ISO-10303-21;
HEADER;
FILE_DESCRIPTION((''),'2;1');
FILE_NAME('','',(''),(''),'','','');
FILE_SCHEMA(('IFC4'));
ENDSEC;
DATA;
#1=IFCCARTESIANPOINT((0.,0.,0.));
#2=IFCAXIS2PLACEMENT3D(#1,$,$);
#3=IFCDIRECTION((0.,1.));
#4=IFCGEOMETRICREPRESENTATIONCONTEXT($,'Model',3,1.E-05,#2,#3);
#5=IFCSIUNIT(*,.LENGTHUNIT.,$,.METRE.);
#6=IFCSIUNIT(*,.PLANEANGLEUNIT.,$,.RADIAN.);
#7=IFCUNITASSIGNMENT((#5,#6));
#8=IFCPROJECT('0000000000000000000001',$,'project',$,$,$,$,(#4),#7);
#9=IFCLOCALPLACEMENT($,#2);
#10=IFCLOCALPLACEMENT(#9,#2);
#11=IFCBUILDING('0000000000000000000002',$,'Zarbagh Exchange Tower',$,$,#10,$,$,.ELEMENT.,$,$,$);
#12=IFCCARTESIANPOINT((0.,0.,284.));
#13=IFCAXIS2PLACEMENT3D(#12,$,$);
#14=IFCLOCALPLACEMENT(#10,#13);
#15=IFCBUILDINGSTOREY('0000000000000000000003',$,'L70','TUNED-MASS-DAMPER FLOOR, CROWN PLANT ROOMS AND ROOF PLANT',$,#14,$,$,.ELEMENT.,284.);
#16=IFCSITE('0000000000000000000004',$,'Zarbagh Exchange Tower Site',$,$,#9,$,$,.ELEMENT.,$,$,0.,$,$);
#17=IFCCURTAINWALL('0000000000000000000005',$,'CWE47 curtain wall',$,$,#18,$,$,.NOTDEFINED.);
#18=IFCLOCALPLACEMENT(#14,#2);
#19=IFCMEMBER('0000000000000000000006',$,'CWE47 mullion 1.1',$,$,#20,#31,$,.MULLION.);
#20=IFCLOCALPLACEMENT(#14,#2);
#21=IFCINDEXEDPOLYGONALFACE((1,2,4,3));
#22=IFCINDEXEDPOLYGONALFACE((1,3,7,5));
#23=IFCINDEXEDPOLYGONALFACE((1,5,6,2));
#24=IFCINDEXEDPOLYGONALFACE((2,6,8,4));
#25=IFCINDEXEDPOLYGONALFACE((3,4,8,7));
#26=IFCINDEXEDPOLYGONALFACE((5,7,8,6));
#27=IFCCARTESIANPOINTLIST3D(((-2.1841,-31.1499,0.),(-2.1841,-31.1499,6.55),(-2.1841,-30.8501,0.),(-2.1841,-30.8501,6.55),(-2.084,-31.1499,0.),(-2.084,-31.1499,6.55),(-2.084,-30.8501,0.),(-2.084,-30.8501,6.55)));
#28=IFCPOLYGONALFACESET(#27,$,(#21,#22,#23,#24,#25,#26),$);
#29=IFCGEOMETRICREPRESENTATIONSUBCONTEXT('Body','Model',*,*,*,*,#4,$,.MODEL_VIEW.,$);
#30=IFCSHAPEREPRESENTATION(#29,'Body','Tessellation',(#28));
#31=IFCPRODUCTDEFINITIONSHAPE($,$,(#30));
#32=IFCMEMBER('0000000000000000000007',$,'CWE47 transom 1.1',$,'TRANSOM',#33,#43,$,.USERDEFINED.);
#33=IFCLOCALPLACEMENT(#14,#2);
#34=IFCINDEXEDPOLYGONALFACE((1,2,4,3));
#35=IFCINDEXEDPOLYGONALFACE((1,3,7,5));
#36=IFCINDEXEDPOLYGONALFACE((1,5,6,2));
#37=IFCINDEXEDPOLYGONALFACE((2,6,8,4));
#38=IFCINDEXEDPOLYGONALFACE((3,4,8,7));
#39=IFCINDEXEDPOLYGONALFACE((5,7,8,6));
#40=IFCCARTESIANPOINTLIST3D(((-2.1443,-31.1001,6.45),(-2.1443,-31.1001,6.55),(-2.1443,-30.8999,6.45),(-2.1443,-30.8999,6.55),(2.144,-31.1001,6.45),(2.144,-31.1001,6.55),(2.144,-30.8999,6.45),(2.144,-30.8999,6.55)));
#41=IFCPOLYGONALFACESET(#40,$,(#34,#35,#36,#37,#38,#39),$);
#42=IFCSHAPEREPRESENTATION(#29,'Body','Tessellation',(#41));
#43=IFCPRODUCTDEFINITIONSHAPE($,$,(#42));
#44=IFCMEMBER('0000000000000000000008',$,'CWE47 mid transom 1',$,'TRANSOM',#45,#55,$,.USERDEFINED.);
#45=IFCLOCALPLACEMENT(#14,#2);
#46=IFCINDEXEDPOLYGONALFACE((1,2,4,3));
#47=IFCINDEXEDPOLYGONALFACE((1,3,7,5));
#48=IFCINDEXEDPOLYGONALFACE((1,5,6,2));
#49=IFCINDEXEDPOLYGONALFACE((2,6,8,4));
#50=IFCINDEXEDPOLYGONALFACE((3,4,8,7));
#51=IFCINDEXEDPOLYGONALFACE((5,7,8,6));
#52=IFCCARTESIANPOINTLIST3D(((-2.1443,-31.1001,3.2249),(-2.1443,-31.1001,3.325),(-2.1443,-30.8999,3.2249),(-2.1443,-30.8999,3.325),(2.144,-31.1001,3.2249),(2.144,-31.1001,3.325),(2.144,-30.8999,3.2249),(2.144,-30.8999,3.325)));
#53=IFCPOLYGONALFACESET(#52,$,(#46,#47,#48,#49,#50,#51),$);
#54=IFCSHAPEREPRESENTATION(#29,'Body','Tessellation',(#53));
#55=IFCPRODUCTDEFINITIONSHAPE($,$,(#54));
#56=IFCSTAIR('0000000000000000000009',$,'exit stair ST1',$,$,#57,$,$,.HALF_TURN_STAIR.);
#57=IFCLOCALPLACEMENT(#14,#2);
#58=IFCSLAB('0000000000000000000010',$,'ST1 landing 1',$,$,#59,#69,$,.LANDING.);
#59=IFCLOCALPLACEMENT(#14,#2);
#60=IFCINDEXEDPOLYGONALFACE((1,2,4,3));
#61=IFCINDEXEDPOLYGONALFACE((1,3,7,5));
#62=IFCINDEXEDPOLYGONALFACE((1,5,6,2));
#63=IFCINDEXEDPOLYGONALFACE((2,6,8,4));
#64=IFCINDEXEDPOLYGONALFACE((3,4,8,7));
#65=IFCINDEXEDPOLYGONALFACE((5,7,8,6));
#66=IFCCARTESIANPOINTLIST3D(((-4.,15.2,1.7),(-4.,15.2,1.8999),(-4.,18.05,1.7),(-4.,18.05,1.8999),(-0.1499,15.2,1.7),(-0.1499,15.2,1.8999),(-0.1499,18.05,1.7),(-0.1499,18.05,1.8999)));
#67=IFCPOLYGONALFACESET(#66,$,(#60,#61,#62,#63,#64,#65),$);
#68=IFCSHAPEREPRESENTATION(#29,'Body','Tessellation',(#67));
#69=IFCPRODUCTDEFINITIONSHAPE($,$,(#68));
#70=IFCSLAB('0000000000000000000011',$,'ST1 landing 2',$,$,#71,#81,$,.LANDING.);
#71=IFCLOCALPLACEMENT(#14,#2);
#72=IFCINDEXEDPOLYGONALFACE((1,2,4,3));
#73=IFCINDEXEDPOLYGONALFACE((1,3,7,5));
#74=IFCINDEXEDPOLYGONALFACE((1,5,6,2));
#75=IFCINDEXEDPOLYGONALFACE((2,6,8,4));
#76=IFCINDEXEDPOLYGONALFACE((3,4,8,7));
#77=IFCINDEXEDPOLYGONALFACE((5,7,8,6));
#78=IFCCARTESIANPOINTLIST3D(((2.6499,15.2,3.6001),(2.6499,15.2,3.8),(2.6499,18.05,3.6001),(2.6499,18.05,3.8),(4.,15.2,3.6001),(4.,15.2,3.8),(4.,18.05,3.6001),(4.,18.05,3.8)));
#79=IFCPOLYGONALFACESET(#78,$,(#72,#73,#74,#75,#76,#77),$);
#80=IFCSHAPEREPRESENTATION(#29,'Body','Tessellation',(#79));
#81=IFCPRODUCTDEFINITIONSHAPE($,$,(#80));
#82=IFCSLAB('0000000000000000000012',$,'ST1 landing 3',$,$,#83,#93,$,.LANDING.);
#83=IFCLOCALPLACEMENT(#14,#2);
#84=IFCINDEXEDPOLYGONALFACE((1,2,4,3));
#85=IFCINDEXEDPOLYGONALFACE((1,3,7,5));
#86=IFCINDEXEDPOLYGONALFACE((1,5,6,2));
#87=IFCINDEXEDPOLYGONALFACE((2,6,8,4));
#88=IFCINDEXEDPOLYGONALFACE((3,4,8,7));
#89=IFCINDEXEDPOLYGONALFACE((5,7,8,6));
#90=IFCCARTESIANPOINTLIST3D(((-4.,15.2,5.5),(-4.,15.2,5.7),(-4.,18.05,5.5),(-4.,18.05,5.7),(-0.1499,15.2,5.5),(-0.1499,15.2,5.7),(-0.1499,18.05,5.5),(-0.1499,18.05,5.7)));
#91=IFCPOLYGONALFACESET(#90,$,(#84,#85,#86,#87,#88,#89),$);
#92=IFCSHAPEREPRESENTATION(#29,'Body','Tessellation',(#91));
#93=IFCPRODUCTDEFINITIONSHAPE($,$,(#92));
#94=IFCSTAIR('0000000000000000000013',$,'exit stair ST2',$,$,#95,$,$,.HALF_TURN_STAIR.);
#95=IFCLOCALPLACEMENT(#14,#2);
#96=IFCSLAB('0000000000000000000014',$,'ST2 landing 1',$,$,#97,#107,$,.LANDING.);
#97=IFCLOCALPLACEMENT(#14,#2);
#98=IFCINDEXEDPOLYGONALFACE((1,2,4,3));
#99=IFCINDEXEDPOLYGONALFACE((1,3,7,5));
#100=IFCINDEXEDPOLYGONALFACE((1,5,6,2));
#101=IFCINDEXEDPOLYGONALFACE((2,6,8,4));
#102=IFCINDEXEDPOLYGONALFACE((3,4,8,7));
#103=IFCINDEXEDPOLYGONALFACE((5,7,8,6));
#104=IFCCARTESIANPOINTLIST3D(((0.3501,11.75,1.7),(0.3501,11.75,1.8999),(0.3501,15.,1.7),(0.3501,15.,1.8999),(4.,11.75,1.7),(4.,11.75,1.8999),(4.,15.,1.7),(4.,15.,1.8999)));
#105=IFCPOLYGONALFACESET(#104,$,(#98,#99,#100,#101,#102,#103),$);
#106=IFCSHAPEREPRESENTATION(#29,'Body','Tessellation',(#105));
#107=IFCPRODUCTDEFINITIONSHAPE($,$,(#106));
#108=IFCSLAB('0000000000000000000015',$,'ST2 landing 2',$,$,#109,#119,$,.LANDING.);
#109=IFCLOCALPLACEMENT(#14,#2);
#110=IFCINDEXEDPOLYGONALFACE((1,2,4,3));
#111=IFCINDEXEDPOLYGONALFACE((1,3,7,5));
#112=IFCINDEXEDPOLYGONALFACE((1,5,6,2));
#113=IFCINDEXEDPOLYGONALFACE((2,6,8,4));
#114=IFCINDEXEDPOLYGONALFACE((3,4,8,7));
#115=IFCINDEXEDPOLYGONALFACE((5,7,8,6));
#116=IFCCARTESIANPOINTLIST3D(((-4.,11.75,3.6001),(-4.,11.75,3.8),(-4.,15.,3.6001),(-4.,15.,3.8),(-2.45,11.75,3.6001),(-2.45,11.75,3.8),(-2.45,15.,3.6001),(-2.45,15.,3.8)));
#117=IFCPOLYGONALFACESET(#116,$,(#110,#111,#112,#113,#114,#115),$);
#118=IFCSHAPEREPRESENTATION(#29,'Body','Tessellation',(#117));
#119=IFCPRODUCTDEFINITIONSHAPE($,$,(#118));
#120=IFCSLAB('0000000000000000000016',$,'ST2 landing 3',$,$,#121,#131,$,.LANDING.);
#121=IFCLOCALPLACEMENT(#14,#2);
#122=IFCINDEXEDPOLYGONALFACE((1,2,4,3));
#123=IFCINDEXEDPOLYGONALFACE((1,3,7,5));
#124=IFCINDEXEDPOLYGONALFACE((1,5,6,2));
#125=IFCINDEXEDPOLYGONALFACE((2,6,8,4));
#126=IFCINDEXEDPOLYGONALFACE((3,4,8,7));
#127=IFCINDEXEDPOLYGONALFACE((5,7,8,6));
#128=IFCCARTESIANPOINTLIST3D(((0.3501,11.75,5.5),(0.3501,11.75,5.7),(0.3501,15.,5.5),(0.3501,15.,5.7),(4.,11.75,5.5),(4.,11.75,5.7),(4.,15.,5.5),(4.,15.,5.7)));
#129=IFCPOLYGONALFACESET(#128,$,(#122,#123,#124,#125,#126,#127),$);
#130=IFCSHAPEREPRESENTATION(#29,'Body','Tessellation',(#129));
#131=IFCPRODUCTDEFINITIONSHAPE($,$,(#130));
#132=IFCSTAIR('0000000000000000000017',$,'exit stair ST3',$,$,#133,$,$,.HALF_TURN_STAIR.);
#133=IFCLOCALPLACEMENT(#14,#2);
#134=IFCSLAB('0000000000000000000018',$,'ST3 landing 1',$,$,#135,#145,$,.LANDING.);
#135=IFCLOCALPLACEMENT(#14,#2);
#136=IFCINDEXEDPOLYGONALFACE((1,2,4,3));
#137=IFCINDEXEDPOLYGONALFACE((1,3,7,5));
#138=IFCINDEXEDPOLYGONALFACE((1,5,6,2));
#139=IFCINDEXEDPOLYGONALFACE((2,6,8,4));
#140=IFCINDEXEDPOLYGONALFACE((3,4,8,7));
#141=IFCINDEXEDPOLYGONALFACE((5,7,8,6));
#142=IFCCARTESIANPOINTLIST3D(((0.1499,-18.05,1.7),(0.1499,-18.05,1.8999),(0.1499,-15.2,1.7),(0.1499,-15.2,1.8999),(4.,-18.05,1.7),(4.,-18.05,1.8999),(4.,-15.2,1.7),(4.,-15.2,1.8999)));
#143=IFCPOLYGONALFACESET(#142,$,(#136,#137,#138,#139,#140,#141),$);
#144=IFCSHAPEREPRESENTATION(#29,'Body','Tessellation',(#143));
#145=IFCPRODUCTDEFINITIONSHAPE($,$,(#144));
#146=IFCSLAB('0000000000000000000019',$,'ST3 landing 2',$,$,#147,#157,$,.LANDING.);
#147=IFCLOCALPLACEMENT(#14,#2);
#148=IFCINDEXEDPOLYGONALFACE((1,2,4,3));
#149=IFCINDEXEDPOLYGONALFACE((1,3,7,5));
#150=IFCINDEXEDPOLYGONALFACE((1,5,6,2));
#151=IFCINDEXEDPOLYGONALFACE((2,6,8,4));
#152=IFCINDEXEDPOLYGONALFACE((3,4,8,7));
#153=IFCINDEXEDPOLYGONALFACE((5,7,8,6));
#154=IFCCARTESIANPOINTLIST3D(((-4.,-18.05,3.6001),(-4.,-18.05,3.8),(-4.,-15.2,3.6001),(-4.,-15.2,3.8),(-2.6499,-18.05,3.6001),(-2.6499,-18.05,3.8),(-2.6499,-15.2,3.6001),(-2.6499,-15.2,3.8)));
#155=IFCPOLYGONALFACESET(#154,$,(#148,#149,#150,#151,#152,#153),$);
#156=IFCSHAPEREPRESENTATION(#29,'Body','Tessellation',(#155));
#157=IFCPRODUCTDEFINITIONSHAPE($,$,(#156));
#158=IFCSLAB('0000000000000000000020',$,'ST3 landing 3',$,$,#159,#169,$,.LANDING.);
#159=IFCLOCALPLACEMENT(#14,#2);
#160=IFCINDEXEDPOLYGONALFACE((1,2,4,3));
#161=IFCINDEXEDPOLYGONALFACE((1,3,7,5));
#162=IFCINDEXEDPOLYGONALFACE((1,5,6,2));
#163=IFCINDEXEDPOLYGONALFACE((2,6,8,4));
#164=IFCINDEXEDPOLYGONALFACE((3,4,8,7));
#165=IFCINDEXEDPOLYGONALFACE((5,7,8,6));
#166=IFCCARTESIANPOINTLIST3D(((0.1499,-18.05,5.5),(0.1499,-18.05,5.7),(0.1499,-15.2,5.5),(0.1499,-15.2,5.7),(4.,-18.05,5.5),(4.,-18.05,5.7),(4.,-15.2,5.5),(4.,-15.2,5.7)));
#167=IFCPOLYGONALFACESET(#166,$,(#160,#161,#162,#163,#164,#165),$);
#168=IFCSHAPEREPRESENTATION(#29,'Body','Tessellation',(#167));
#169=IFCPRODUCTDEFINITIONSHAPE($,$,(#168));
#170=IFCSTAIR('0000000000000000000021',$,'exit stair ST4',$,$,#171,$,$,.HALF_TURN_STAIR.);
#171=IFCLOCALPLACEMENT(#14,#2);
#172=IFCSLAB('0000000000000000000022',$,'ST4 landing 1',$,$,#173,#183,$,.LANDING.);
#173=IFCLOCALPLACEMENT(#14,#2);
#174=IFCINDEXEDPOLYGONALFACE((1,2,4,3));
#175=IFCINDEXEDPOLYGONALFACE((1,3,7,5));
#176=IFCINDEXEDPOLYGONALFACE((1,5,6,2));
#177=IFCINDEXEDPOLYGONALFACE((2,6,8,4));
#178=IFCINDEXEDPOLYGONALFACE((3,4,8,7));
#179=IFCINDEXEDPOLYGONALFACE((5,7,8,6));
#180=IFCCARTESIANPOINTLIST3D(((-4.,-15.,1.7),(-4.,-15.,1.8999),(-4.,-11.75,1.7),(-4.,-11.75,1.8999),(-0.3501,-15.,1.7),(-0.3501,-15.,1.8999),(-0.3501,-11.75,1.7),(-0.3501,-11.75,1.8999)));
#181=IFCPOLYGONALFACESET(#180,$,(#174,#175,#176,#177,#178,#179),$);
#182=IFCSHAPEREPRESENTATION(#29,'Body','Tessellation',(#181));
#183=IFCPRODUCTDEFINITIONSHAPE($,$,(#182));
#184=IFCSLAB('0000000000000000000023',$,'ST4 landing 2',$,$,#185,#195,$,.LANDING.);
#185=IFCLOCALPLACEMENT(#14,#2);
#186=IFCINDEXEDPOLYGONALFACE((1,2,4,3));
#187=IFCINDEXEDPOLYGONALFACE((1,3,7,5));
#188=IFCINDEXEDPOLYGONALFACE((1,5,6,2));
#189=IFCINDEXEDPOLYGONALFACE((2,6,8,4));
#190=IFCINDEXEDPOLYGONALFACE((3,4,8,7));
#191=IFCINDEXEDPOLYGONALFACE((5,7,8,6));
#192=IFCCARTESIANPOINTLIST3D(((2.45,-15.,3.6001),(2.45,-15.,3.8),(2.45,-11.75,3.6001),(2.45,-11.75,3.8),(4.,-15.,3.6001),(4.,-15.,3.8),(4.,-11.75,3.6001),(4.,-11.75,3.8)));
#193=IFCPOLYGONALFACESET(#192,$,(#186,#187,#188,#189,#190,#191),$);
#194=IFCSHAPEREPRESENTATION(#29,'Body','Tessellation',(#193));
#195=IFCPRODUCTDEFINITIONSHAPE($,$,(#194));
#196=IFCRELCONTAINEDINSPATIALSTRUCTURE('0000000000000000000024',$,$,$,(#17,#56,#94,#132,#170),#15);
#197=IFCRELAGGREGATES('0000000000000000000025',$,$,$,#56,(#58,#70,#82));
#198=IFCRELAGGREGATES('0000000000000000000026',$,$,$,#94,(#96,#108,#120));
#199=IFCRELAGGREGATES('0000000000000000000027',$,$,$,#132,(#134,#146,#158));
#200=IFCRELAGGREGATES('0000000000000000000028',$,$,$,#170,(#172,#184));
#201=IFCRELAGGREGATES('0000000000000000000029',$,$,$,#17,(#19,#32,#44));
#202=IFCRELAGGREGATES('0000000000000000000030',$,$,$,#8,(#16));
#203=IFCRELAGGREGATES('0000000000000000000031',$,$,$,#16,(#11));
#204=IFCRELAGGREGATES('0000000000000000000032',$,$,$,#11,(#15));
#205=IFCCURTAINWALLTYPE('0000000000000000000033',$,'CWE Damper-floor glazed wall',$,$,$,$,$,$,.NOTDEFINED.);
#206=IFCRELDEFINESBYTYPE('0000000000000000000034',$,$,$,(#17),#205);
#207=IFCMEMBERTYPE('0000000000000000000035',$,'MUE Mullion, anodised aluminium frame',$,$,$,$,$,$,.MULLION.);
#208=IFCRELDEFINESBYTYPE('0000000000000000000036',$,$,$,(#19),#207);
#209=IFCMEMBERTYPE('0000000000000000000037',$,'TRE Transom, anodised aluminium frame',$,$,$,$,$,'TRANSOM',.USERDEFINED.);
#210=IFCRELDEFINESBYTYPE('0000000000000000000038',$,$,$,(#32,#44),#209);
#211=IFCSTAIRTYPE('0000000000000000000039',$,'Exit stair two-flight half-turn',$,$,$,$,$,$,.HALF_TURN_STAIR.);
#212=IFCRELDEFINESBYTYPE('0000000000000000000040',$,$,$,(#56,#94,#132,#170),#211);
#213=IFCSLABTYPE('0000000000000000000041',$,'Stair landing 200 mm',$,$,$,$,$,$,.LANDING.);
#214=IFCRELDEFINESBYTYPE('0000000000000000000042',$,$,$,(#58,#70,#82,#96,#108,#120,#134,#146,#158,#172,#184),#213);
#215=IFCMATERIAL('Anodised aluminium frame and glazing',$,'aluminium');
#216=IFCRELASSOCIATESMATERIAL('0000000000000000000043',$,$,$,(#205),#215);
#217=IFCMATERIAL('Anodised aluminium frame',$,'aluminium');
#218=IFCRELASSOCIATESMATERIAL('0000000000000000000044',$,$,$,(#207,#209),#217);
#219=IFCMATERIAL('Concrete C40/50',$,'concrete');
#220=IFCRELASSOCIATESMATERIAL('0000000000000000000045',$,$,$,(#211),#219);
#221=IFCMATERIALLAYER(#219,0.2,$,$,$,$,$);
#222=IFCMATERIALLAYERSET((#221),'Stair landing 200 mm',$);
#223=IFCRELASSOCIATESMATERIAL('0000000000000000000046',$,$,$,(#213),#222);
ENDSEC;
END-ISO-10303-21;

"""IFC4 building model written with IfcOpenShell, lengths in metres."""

from ifc_helpers import new_model, si_unit, direction, frame, origin, place, context, subcontext, project, spatial, polyline, outline, extrude, source, transform, mapped, material, layer, layer_set, type_object, element, aggregate, save


model = new_model("IFC4")

# Units and contexts
model_context = context("Model", 3, precision=1e-05, world=origin(), true_north=direction((0.0, 1.0)))
body_context = subcontext(model_context, "Body", "Model", "MODEL_VIEW")
ifc_project = project(units=[si_unit("LENGTHUNIT", "METRE"), si_unit("PLANEANGLEUNIT", "RADIAN")], contexts=[model_context])

# Site, building, storey
site_placement = place(None, origin())
site = spatial("IfcSite", under=ifc_project, at=site_placement, Name="Zarbagh Exchange Tower Site", CompositionType="ELEMENT", RefElevation=0.0)
building_placement = place(site_placement, origin())
building = spatial("IfcBuilding", under=site, at=building_placement, Name="Zarbagh Exchange Tower", CompositionType="ELEMENT")
storey_placement = place(building_placement, frame((0.0, 0.0, 284.0)))
storey = spatial("IfcBuildingStorey", under=building, at=storey_placement, Name="L70", Description="TUNED-MASS-DAMPER FLOOR, CROWN PLANT ROOMS AND ROOF PLANT", CompositionType="ELEMENT", Elevation=284.0)

# Curtain wall, members
ifc_material_1 = material(Name="Anodised aluminium frame and glazing", Category="aluminium")
curtain_wall_type = type_object("IfcCurtainWallType", Name="CWE Damper-floor glazed wall", PredefinedType="NOTDEFINED", material=ifc_material_1)
curtain_wall_placement = place(storey_placement, origin())
curtain_wall = element("IfcCurtainWall", 1, at=curtain_wall_placement, inside=storey, type_object=curtain_wall_type, Name="CWE47 curtain wall", PredefinedType="NOTDEFINED")
ifc_material_2 = material(Name="Anodised aluminium frame", Category="aluminium")
member_type_1 = type_object("IfcMemberType", Name="MUE Mullion, anodised aluminium frame", PredefinedType="MULLION", material=ifc_material_2)
shared_shape_1 = source(origin(), body_context, "Body", "SweptSolid", [
    extrude(outline(polyline([(0.0, -0.1499), (0.1001, -0.1499), (0.1001, 0.1499), (0.0, 0.1499), (0.0, -0.1499)])), origin(), (0.0, 0.0, 1.0), 6.55),
])
placement = place(storey_placement, origin())
member_1 = element("IfcMember", 2, at=placement, type_object=member_type_1, Name="CWE47 mullion 1.1", PredefinedType="MULLION", context=body_context, shape_type="MappedRepresentation", body=[
    mapped(shared_shape_1, transform((-2.1841, -31.0, 0.0), x_axis=(1.0, 0.0, 0.0), y_axis=(0.0, 1.0, 0.0), z_axis=(0.0, 0.0, 1.0))),
])
member_type_2 = type_object("IfcMemberType", Name="TRE Transom, anodised aluminium frame", ElementType="TRANSOM", PredefinedType="USERDEFINED", material=ifc_material_2)
shared_shape_2 = source(origin(), body_context, "Body", "SweptSolid", [
    extrude(outline(polyline([(-0.1001, -0.1001), (0.0, -0.1001), (0.0, 0.1001), (-0.1001, 0.1001), (-0.1001, -0.1001)])), origin(), (0.0, 0.0, 1.0), 4.2883),
])
member_2 = element("IfcMember", 3, at=placement, type_object=member_type_2, Name="CWE47 transom 1.1", ObjectType="TRANSOM", PredefinedType="USERDEFINED", context=body_context, shape_type="MappedRepresentation", body=[
    mapped(shared_shape_2, transform((-2.1443, -31.0, 6.55), x_axis=(0.0, 0.0, 1.0), y_axis=(0.0, -1.0, 0.0), z_axis=(1.0, 0.0, 0.0))),
])
shared_shape_3 = source(origin(), body_context, "Body", "SweptSolid", [
    extrude(outline(polyline([(-0.05, -0.1001), (0.05, -0.1001), (0.05, 0.1001), (-0.05, 0.1001), (-0.05, -0.1001)])), origin(), (0.0, 0.0, 1.0), 4.2883),
])
member_3 = element("IfcMember", 4, at=placement, type_object=member_type_2, Name="CWE47 mid transom 1", ObjectType="TRANSOM", PredefinedType="USERDEFINED", context=body_context, shape_type="MappedRepresentation", body=[
    mapped(shared_shape_3, transform((-2.1443, -31.0, 3.2749), x_axis=(0.0, 0.0, 1.0), y_axis=(0.0, -1.0, 0.0), z_axis=(1.0, 0.0, 0.0))),
])

# Stairs, slabs
ifc_material_3 = material(Name="Concrete C40/50", Category="concrete")
stair_type = type_object("IfcStairType", Name="Exit stair two-flight half-turn", PredefinedType="HALF_TURN_STAIR", material=ifc_material_3)
stair_1_placement = place(storey_placement, origin())
stair_1 = element("IfcStair", 5, at=stair_1_placement, inside=storey, type_object=stair_type, Name="exit stair ST1", PredefinedType="HALF_TURN_STAIR")
ifc_layer_1 = layer(ifc_material_3, 0.2)
ifc_layer_set_1 = layer_set([ifc_layer_1], Name="Stair landing 200 mm")
slab_type = type_object("IfcSlabType", Name="Stair landing 200 mm", PredefinedType="LANDING", material=ifc_layer_set_1)
slab_1_placement = place(storey_placement, frame((0.0, 0.0, 1.7)))
slab_1 = element("IfcSlab", 6, at=slab_1_placement, type_object=slab_type, Name="ST1 landing 1", PredefinedType="LANDING", context=body_context, shape_type="SweptSolid", body=[
    extrude(outline(polyline([(-0.1499, 18.05), (-4.0, 18.05), (-4.0, 15.2), (-0.1499, 15.2), (-0.1499, 18.05)])), origin(), (0.0, 0.0, 1.0), 0.2),
])
slab_2_placement = place(storey_placement, frame((0.0, 0.0, 3.6001)))
slab_2 = element("IfcSlab", 7, at=slab_2_placement, type_object=slab_type, Name="ST1 landing 2", PredefinedType="LANDING", context=body_context, shape_type="SweptSolid", body=[
    extrude(outline(polyline([(4.0, 18.05), (2.6499, 18.05), (2.6499, 15.2), (4.0, 15.2), (4.0, 18.05)])), origin(), (0.0, 0.0, 1.0), 0.2),
])
slab_3_placement = place(storey_placement, frame((0.0, 0.0, 5.5)))
slab_3 = element("IfcSlab", 8, at=slab_3_placement, type_object=slab_type, Name="ST1 landing 3", PredefinedType="LANDING", context=body_context, shape_type="SweptSolid", body=[
    extrude(outline(polyline([(-0.1499, 18.05), (-4.0, 18.05), (-4.0, 15.2), (-0.1499, 15.2), (-0.1499, 18.05)])), origin(), (0.0, 0.0, 1.0), 0.2),
])
aggregate(stair_1, [slab_1, slab_2, slab_3])
stair_2_placement = place(storey_placement, origin())
stair_2 = element("IfcStair", 9, at=stair_2_placement, inside=storey, type_object=stair_type, Name="exit stair ST2", PredefinedType="HALF_TURN_STAIR")
slab_4_placement = place(storey_placement, frame((0.0, 0.0, 1.7)))
slab_4 = element("IfcSlab", 10, at=slab_4_placement, type_object=slab_type, Name="ST2 landing 1", PredefinedType="LANDING", context=body_context, shape_type="SweptSolid", body=[
    extrude(outline(polyline([(0.3501, 11.75), (4.0, 11.75), (4.0, 15.0), (0.3501, 15.0), (0.3501, 11.75)])), origin(), (0.0, 0.0, 1.0), 0.2),
])
slab_5_placement = place(storey_placement, frame((0.0, 0.0, 3.6001)))
slab_5 = element("IfcSlab", 11, at=slab_5_placement, type_object=slab_type, Name="ST2 landing 2", PredefinedType="LANDING", context=body_context, shape_type="SweptSolid", body=[
    extrude(outline(polyline([(-4.0, 11.75), (-2.45, 11.75), (-2.45, 15.0), (-4.0, 15.0), (-4.0, 11.75)])), origin(), (0.0, 0.0, 1.0), 0.2),
])
slab_6_placement = place(storey_placement, frame((0.0, 0.0, 5.5)))
slab_6 = element("IfcSlab", 12, at=slab_6_placement, type_object=slab_type, Name="ST2 landing 3", PredefinedType="LANDING", context=body_context, shape_type="SweptSolid", body=[
    extrude(outline(polyline([(0.3501, 11.75), (4.0, 11.75), (4.0, 15.0), (0.3501, 15.0), (0.3501, 11.75)])), origin(), (0.0, 0.0, 1.0), 0.2),
])
aggregate(stair_2, [slab_4, slab_5, slab_6])
stair_3_placement = place(storey_placement, origin())
stair_3 = element("IfcStair", 13, at=stair_3_placement, inside=storey, type_object=stair_type, Name="exit stair ST3", PredefinedType="HALF_TURN_STAIR")
slab_7_placement = place(storey_placement, frame((0.0, 0.0, 1.7)))
slab_7 = element("IfcSlab", 14, at=slab_7_placement, type_object=slab_type, Name="ST3 landing 1", PredefinedType="LANDING", context=body_context, shape_type="SweptSolid", body=[
    extrude(outline(polyline([(0.1499, -18.05), (4.0, -18.05), (4.0, -15.2), (0.1499, -15.2), (0.1499, -18.05)])), origin(), (0.0, 0.0, 1.0), 0.2),
])
slab_8_placement = place(storey_placement, frame((0.0, 0.0, 3.6001)))
slab_8 = element("IfcSlab", 15, at=slab_8_placement, type_object=slab_type, Name="ST3 landing 2", PredefinedType="LANDING", context=body_context, shape_type="SweptSolid", body=[
    extrude(outline(polyline([(-4.0, -18.05), (-2.6499, -18.05), (-2.6499, -15.2), (-4.0, -15.2), (-4.0, -18.05)])), origin(), (0.0, 0.0, 1.0), 0.2),
])
slab_9_placement = place(storey_placement, frame((0.0, 0.0, 5.5)))
slab_9 = element("IfcSlab", 16, at=slab_9_placement, type_object=slab_type, Name="ST3 landing 3", PredefinedType="LANDING", context=body_context, shape_type="SweptSolid", body=[
    extrude(outline(polyline([(0.1499, -18.05), (4.0, -18.05), (4.0, -15.2), (0.1499, -15.2), (0.1499, -18.05)])), origin(), (0.0, 0.0, 1.0), 0.2),
])
aggregate(stair_3, [slab_7, slab_8, slab_9])
stair_4_placement = place(storey_placement, origin())
stair_4 = element("IfcStair", 17, at=stair_4_placement, inside=storey, type_object=stair_type, Name="exit stair ST4", PredefinedType="HALF_TURN_STAIR")
slab_10_placement = place(storey_placement, frame((0.0, 0.0, 1.7)))
slab_10 = element("IfcSlab", 18, at=slab_10_placement, type_object=slab_type, Name="ST4 landing 1", PredefinedType="LANDING", context=body_context, shape_type="SweptSolid", body=[
    extrude(outline(polyline([(-0.3501, -11.75), (-4.0, -11.75), (-4.0, -15.0), (-0.3501, -15.0), (-0.3501, -11.75)])), origin(), (0.0, 0.0, 1.0), 0.2),
])
slab_11_placement = place(storey_placement, frame((0.0, 0.0, 3.6001)))
slab_11 = element("IfcSlab", 19, at=slab_11_placement, type_object=slab_type, Name="ST4 landing 2", PredefinedType="LANDING", context=body_context, shape_type="SweptSolid", body=[
    extrude(outline(polyline([(4.0, -11.75), (2.45, -11.75), (2.45, -15.0), (4.0, -15.0), (4.0, -11.75)])), origin(), (0.0, 0.0, 1.0), 0.2),
])
aggregate(stair_4, [slab_10, slab_11])

aggregate(curtain_wall, [member_1, member_2, member_3])

save(model, "model.ifc")
